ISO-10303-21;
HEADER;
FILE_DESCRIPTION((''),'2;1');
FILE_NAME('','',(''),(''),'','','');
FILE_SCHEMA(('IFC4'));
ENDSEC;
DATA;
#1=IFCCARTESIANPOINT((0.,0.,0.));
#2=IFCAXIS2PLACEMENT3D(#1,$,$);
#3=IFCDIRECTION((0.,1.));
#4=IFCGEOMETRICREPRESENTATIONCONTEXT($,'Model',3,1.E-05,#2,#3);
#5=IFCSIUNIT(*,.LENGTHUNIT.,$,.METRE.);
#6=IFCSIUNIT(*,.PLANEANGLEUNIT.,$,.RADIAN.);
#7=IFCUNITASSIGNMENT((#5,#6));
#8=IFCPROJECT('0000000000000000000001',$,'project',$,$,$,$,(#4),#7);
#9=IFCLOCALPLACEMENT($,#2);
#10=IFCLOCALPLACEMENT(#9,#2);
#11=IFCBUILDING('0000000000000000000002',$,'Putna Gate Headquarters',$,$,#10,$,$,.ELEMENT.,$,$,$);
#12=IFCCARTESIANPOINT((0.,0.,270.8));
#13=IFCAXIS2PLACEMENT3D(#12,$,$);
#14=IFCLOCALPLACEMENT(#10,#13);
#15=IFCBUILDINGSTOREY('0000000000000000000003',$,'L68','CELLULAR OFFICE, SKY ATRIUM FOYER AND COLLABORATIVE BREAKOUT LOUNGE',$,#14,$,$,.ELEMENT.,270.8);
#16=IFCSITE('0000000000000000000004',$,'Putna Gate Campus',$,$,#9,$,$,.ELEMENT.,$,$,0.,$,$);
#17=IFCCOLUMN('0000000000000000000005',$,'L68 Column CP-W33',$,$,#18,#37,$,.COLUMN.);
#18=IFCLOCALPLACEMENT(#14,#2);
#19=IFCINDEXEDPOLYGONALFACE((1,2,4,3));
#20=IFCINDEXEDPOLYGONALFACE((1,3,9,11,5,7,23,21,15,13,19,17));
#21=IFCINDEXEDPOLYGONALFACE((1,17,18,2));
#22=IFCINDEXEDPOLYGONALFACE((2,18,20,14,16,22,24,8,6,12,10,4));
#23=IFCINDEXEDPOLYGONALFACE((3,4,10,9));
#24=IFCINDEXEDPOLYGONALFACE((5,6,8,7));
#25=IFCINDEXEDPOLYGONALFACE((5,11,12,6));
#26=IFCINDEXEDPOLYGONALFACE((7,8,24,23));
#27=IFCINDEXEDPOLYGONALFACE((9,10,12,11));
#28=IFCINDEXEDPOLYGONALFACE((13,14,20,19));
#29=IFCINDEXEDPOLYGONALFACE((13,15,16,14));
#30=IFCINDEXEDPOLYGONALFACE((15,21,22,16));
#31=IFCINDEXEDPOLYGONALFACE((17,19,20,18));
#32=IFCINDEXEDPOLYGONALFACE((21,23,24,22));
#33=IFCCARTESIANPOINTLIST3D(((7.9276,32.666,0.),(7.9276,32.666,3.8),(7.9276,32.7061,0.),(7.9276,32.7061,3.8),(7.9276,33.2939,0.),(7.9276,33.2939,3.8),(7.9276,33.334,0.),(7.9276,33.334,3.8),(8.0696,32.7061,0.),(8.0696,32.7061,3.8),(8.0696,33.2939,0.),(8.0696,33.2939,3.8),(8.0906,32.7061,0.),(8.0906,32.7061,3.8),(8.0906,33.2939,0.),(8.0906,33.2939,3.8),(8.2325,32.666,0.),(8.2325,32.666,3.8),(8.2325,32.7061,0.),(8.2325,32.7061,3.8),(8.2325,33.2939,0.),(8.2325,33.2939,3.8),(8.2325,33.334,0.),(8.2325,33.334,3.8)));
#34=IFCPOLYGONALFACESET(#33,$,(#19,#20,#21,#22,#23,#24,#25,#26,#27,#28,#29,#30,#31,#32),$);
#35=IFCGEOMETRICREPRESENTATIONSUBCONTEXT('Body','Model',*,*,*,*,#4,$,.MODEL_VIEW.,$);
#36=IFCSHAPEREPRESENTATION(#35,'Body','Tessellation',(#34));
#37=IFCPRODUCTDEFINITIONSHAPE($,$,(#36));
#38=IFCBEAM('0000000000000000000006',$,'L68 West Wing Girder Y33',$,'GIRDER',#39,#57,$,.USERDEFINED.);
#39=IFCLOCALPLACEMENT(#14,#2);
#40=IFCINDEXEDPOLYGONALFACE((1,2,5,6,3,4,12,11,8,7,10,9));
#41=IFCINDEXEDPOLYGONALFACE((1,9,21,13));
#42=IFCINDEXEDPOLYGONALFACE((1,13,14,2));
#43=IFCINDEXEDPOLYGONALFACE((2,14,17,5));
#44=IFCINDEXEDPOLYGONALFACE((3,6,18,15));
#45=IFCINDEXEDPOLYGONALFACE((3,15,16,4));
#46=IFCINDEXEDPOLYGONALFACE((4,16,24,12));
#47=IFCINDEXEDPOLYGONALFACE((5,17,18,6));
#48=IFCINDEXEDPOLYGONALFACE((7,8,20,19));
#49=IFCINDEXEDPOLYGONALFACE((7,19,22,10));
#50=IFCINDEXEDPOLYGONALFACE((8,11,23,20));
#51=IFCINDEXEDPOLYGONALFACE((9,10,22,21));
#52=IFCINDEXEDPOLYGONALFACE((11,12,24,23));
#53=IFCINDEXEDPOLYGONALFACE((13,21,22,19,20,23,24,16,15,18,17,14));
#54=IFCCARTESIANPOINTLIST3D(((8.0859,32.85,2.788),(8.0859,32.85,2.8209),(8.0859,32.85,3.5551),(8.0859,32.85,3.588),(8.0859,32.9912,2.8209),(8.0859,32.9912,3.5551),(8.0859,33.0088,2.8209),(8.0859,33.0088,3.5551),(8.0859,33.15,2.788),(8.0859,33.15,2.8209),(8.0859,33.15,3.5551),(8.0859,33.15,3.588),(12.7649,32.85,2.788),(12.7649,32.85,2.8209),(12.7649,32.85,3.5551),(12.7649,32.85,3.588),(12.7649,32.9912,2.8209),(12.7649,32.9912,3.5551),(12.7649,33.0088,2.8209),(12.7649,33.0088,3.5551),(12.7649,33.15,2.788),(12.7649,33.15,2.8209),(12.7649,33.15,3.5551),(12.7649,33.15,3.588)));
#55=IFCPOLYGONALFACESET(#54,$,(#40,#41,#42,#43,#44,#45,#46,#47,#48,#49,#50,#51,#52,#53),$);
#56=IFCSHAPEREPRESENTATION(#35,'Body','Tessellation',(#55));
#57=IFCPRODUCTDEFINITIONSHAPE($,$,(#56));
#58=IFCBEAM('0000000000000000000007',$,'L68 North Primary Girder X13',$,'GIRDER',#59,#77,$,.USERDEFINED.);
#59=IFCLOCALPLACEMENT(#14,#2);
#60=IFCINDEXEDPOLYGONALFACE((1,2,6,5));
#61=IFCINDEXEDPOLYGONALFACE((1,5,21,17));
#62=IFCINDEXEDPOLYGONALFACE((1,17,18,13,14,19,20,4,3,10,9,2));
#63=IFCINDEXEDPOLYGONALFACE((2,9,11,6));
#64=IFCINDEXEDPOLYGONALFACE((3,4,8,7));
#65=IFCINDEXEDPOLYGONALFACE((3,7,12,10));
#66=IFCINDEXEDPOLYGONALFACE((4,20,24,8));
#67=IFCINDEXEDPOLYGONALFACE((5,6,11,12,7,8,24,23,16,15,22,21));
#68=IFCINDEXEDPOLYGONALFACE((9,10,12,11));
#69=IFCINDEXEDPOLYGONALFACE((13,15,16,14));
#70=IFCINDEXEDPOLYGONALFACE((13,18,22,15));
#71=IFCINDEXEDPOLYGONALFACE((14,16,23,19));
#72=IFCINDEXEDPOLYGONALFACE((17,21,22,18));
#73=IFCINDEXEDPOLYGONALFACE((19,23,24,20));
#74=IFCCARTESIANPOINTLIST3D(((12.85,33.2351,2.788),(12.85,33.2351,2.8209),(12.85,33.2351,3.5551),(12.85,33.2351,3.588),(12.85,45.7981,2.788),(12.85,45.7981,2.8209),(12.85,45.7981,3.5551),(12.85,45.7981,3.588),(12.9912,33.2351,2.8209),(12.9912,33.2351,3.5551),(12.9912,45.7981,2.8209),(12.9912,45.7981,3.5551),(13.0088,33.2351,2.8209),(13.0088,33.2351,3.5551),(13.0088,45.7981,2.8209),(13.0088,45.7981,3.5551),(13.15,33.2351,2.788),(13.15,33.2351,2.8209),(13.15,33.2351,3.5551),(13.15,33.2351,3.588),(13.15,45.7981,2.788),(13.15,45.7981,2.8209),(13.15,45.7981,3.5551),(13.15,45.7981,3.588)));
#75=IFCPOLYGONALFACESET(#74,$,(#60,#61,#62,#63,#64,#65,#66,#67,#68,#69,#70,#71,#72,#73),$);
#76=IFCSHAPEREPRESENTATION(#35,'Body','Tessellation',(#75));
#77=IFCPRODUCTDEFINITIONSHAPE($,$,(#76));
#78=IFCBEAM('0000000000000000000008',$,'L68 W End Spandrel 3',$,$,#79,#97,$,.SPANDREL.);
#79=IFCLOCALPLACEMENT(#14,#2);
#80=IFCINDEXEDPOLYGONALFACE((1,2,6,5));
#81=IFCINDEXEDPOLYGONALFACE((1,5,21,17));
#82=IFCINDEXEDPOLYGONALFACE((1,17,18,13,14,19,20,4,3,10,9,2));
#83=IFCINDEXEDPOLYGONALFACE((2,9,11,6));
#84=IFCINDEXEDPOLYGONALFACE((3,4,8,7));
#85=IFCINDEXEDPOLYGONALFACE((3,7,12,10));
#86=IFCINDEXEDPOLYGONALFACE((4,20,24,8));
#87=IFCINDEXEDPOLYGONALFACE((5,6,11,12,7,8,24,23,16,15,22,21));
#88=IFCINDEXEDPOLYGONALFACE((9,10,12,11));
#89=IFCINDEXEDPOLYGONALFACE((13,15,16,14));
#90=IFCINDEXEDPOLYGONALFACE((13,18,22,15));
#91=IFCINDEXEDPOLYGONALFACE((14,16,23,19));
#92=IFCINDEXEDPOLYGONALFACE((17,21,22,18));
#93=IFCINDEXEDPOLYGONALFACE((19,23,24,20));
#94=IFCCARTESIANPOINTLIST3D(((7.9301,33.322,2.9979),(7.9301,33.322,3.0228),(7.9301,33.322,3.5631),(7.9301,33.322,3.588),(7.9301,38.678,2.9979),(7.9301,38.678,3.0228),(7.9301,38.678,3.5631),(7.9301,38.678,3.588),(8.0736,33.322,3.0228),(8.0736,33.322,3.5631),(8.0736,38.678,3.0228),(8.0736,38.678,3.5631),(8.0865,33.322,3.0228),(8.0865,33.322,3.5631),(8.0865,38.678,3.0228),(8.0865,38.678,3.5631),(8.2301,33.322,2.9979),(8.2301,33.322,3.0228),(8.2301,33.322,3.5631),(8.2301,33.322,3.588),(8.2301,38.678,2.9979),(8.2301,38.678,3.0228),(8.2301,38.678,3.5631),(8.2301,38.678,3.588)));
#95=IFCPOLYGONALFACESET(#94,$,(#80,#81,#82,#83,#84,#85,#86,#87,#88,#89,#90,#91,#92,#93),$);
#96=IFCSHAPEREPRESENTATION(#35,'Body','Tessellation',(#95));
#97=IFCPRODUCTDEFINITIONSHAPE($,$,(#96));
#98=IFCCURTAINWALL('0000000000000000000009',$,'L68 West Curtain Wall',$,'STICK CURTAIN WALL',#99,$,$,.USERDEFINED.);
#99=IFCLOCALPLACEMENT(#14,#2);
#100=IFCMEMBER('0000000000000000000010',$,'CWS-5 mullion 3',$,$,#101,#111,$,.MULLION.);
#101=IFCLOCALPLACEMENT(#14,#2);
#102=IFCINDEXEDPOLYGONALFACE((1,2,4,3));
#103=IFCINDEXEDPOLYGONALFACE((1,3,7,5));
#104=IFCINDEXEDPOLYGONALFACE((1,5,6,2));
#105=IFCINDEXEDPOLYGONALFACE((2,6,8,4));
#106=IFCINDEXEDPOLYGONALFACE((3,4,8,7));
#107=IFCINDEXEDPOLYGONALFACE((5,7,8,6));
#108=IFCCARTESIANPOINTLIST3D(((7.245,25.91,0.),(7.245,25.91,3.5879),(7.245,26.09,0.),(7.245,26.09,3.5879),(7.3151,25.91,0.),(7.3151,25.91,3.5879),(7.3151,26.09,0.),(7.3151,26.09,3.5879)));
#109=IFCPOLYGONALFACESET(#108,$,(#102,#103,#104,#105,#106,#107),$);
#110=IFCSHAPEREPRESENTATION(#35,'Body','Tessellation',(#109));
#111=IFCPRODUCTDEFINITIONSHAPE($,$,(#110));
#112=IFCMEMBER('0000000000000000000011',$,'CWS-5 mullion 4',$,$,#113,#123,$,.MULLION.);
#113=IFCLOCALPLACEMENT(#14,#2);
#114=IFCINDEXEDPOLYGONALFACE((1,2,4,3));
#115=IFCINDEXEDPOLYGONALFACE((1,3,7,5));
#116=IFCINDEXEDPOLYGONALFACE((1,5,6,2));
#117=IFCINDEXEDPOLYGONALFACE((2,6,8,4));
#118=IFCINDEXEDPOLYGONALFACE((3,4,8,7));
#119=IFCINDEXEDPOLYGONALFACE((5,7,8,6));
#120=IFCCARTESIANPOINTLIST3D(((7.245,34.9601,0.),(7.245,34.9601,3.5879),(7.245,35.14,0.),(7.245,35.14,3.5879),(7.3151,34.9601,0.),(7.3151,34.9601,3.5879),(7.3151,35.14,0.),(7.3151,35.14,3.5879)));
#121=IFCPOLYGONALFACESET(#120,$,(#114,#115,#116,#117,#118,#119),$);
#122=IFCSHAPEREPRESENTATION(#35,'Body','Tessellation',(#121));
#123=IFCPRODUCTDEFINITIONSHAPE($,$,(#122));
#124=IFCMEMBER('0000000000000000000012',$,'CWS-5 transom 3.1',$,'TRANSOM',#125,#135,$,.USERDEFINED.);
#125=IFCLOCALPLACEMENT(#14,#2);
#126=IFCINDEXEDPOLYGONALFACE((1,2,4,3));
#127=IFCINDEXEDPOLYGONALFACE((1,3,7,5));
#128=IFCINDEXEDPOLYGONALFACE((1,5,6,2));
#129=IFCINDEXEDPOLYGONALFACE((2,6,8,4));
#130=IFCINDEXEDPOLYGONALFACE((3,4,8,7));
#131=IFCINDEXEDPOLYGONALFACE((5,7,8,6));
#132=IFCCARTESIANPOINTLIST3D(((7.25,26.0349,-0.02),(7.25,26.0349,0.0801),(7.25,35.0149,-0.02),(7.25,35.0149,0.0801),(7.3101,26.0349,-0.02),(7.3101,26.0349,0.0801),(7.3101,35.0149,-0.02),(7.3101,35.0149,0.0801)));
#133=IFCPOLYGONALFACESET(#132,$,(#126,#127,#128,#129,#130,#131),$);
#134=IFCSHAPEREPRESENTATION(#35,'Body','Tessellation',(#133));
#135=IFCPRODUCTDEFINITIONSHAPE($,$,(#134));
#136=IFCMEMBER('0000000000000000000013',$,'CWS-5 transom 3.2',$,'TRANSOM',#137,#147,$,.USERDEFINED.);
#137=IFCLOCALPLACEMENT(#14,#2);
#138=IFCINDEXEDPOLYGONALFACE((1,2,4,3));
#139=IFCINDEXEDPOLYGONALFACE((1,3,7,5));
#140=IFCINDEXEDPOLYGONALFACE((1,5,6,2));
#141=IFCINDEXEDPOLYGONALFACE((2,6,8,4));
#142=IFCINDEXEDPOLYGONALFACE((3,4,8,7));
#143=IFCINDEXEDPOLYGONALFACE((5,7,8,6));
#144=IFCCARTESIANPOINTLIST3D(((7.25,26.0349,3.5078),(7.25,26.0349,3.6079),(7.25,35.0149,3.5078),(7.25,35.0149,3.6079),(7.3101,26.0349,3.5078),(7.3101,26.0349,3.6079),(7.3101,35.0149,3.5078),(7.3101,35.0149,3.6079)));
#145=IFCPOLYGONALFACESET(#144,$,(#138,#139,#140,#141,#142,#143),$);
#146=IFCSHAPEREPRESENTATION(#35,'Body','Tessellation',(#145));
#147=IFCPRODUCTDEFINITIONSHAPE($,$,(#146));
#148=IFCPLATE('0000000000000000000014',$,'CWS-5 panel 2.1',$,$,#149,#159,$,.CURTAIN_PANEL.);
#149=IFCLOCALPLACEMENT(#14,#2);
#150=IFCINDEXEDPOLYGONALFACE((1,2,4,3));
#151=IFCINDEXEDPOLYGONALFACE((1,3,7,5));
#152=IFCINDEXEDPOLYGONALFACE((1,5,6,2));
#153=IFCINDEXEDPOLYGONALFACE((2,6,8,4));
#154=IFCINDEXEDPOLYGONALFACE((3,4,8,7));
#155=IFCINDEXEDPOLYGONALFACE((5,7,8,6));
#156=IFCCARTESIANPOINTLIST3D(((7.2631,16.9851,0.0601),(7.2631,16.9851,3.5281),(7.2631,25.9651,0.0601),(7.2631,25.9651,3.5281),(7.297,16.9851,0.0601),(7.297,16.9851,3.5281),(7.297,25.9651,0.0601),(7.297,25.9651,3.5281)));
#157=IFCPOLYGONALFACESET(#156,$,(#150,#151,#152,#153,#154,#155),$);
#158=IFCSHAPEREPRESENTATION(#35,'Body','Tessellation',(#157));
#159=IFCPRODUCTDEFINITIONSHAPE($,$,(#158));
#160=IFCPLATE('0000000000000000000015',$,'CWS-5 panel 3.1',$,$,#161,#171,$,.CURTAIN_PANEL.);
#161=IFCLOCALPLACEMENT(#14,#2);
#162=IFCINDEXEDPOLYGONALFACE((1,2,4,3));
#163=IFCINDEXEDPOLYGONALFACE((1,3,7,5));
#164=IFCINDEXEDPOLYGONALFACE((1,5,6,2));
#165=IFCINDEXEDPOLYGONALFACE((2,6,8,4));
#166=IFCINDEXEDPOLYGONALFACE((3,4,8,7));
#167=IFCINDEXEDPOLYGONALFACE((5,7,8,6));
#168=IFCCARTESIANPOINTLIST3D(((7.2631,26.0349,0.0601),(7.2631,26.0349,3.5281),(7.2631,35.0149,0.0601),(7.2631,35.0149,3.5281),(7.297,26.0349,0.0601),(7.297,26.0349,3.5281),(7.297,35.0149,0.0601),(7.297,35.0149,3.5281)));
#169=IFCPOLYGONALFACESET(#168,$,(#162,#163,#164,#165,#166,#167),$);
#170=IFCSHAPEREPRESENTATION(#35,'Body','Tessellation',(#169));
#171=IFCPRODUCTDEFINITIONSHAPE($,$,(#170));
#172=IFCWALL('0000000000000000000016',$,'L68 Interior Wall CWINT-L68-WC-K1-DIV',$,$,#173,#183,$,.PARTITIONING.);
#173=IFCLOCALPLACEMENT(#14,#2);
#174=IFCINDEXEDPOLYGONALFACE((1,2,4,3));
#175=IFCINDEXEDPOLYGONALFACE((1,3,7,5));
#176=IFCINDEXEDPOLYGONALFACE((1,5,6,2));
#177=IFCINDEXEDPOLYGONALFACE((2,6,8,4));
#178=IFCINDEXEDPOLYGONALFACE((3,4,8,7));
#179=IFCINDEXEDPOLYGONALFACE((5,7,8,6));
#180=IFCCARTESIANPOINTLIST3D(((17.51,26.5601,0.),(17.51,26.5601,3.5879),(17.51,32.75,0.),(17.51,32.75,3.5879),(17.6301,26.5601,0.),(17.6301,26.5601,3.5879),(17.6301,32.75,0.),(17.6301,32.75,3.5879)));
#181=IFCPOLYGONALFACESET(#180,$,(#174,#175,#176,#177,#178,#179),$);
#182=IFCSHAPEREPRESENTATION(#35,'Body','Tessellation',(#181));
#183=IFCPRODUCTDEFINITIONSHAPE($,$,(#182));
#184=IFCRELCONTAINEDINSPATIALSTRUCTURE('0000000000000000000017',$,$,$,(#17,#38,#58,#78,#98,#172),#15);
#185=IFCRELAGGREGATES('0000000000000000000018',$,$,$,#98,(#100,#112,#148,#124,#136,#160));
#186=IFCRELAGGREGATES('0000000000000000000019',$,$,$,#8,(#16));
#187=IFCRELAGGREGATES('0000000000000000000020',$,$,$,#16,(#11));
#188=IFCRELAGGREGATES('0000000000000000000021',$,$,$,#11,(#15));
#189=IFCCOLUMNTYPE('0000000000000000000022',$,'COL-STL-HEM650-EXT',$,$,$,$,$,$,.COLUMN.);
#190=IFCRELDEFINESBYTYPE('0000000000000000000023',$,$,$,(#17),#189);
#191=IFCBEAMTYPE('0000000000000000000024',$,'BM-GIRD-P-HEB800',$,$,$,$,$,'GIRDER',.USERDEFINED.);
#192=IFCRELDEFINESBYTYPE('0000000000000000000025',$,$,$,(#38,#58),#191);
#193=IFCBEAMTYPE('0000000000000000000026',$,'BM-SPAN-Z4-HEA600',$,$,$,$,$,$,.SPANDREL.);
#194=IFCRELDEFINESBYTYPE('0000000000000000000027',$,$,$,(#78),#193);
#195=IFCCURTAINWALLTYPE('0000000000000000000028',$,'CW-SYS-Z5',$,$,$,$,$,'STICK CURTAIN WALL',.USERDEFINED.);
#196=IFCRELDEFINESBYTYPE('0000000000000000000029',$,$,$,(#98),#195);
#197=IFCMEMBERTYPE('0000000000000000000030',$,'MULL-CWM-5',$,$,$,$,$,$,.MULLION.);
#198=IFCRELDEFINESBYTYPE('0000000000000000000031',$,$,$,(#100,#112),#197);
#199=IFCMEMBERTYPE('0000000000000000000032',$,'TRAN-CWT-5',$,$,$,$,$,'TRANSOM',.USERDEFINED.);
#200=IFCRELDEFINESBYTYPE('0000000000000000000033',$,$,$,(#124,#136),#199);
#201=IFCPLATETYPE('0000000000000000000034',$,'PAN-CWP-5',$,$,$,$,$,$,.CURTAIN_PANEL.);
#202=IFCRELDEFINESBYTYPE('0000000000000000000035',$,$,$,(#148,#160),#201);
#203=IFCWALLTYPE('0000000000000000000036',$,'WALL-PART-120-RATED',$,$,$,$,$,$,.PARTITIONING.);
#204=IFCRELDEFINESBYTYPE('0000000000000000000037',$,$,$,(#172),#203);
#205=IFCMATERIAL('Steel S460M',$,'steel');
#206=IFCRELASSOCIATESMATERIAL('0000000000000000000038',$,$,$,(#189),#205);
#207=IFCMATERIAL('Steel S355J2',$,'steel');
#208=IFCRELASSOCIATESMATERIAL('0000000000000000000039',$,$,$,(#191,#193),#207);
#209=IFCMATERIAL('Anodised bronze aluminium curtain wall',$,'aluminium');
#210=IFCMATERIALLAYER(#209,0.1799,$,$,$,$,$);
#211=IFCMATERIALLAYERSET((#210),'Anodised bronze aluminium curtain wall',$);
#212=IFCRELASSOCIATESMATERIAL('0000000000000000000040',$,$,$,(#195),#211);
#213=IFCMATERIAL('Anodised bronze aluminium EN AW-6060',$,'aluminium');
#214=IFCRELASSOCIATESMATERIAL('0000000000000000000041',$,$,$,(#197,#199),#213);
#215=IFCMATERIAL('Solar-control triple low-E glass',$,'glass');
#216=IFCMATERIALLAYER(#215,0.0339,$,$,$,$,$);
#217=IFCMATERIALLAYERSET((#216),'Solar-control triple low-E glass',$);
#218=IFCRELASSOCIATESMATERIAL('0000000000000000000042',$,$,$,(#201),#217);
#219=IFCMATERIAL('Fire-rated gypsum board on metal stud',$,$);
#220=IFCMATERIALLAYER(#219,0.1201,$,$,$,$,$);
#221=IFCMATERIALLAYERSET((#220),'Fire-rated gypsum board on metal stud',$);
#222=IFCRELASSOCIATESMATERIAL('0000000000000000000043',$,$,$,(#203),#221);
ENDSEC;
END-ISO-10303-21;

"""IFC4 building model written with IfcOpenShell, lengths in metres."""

from ifc_helpers import new_model, si_unit, direction, frame, frame_2d, origin, origin_2d, place, context, subcontext, project, spatial, rectangle, i_section, extrude, material, layer, layer_set, material_profile, profile_set, type_object, element, aggregate, save


model = new_model("IFC4")

# Units and contexts
model_context = context("Model", 3, precision=1e-05, world=origin(), true_north=direction((0.0, 1.0)))
body_context = subcontext(model_context, "Body", "Model", "MODEL_VIEW")
ifc_project = project(units=[si_unit("LENGTHUNIT", "METRE"), si_unit("PLANEANGLEUNIT", "RADIAN")], contexts=[model_context])

# Site, building, storey
site_placement = place(None, origin())
site = spatial("IfcSite", under=ifc_project, at=site_placement, Name="Putna Gate Campus", CompositionType="ELEMENT", RefElevation=0.0)
building_placement = place(site_placement, origin())
building = spatial("IfcBuilding", under=site, at=building_placement, Name="Putna Gate Headquarters", CompositionType="ELEMENT")
storey_placement = place(building_placement, frame((0.0, 0.0, 270.8)))
storey = spatial("IfcBuildingStorey", under=building, at=storey_placement, Name="L68", Description="CELLULAR OFFICE, SKY ATRIUM FOYER AND COLLABORATIVE BREAKOUT LOUNGE", CompositionType="ELEMENT", Elevation=270.8)

# Column
ifc_material_1 = material(Name="Steel S460M", Category="steel")
ifc_material_profile_1 = material_profile(ifc_material_1, i_section(OverallWidth=0.3049, OverallDepth=0.668, WebThickness=0.021, FlangeThickness=0.04, at=origin_2d()), Name="Steel S460M")
ifc_profile_set_1 = profile_set([ifc_material_profile_1], Name="Steel S460M")
column_type = type_object("IfcColumnType", Name="COL-STL-HEM650-EXT", PredefinedType="COLUMN", material=ifc_profile_set_1)
column_placement = place(storey_placement, frame((8.0801, 33.0, 0.0), z_axis=(0.0, 0.0, 1.0), x_axis=(1.0, 0.0, 0.0)))
element("IfcColumn", 1, at=column_placement, inside=storey, type_object=column_type, Name="L68 Column CP-W33", PredefinedType="COLUMN", context=body_context, shape_type="SweptSolid", body=[
    extrude(i_section(OverallWidth=0.3049, OverallDepth=0.668, WebThickness=0.021, FlangeThickness=0.04, at=origin_2d()), origin(), (0.0, 0.0, 1.0), 3.8),
])

# Beams
ifc_material_2 = material(Name="Steel S355J2", Category="steel")
ifc_material_profile_2 = material_profile(ifc_material_2, i_section(OverallWidth=0.3, OverallDepth=0.8, WebThickness=0.0176, FlangeThickness=0.033, at=origin_2d()), Name="Steel S355J2")
ifc_profile_set_2 = profile_set([ifc_material_profile_2], Name="Steel S355J2")
beam_type_1 = type_object("IfcBeamType", Name="BM-GIRD-P-HEB800", ElementType="GIRDER", PredefinedType="USERDEFINED", material=ifc_profile_set_2)
beam_1_placement = place(storey_placement, frame((8.0859, 33.0, 3.188), z_axis=(1.0, 0.0, 0.0), x_axis=(0.0, 1.0, 0.0)))
element("IfcBeam", 2, at=beam_1_placement, inside=storey, type_object=beam_type_1, Name="L68 West Wing Girder Y33", ObjectType="GIRDER", PredefinedType="USERDEFINED", context=body_context, shape_type="SweptSolid", body=[
    extrude(i_section(OverallWidth=0.3, OverallDepth=0.8, WebThickness=0.0176, FlangeThickness=0.033, at=origin_2d()), origin(), (0.0, 0.0, 1.0), 4.679),
])
beam_2_placement = place(storey_placement, frame((13.0, 33.2351, 3.188), z_axis=(0.0, 1.0, 0.0), x_axis=(-1.0, 0.0, 0.0)))
element("IfcBeam", 3, at=beam_2_placement, inside=storey, type_object=beam_type_1, Name="L68 North Primary Girder X13", ObjectType="GIRDER", PredefinedType="USERDEFINED", context=body_context, shape_type="SweptSolid", body=[
    extrude(i_section(OverallWidth=0.3, OverallDepth=0.8, WebThickness=0.0176, FlangeThickness=0.033, at=origin_2d()), origin(), (0.0, 0.0, 1.0), 12.563),
])
ifc_material_profile_3 = material_profile(ifc_material_2, i_section(OverallWidth=0.3, OverallDepth=0.5901, WebThickness=0.0129, FlangeThickness=0.0249, at=origin_2d()), Name="Steel S355J2")
ifc_profile_set_3 = profile_set([ifc_material_profile_3], Name="Steel S355J2")
beam_type_2 = type_object("IfcBeamType", Name="BM-SPAN-Z4-HEA600", PredefinedType="SPANDREL", material=ifc_profile_set_3)
beam_3_placement = place(storey_placement, frame((8.0801, 33.322, 3.293), z_axis=(0.0, 1.0, 0.0), x_axis=(-1.0, 0.0, 0.0)))
element("IfcBeam", 4, at=beam_3_placement, inside=storey, type_object=beam_type_2, Name="L68 W End Spandrel 3", PredefinedType="SPANDREL", context=body_context, shape_type="SweptSolid", body=[
    extrude(i_section(OverallWidth=0.3, OverallDepth=0.5901, WebThickness=0.0129, FlangeThickness=0.0249, at=origin_2d()), origin(), (0.0, 0.0, 1.0), 5.356),
])

# Curtain wall, members, plates
ifc_material_3 = material(Name="Anodised bronze aluminium curtain wall", Category="aluminium")
ifc_layer_1 = layer(ifc_material_3, 0.1799)
ifc_layer_set_1 = layer_set([ifc_layer_1], Name="Anodised bronze aluminium curtain wall")
curtain_wall_type = type_object("IfcCurtainWallType", Name="CW-SYS-Z5", ElementType="STICK CURTAIN WALL", PredefinedType="USERDEFINED", material=ifc_layer_set_1)
curtain_wall_placement = place(storey_placement, origin())
curtain_wall = element("IfcCurtainWall", 5, at=curtain_wall_placement, inside=storey, type_object=curtain_wall_type, Name="L68 West Curtain Wall", ObjectType="STICK CURTAIN WALL", PredefinedType="USERDEFINED")
ifc_material_4 = material(Name="Anodised bronze aluminium EN AW-6060", Category="aluminium")
ifc_material_profile_4 = material_profile(ifc_material_4, rectangle(XDim=0.0701, YDim=0.1799, at=origin_2d()), Name="Anodised bronze aluminium EN AW-6060")
ifc_profile_set_4 = profile_set([ifc_material_profile_4], Name="Anodised bronze aluminium EN AW-6060")
member_type_1 = type_object("IfcMemberType", Name="MULL-CWM-5", PredefinedType="MULLION", material=ifc_profile_set_4)
member_1_placement = place(storey_placement, frame((7.28, 26.0, 0.0), z_axis=(0.0, 0.0, 1.0), x_axis=(-1.0, 0.0, 0.0)))
member_1 = element("IfcMember", 6, at=member_1_placement, type_object=member_type_1, Name="CWS-5 mullion 3", PredefinedType="MULLION", context=body_context, shape_type="SweptSolid", body=[
    extrude(rectangle(XDim=0.0701, YDim=0.1799, at=origin_2d()), origin(), (0.0, 0.0, 1.0), 3.5879),
])
member_2_placement = place(storey_placement, frame((7.28, 35.05, 0.0), z_axis=(0.0, 0.0, 1.0), x_axis=(-1.0, 0.0, 0.0)))
member_2 = element("IfcMember", 7, at=member_2_placement, type_object=member_type_1, Name="CWS-5 mullion 4", PredefinedType="MULLION", context=body_context, shape_type="SweptSolid", body=[
    extrude(rectangle(XDim=0.0701, YDim=0.1799, at=origin_2d()), origin(), (0.0, 0.0, 1.0), 3.5879),
])
ifc_material_profile_5 = material_profile(ifc_material_4, rectangle(XDim=0.0601, YDim=0.1001, at=origin_2d()), Name="Anodised bronze aluminium EN AW-6060")
ifc_profile_set_5 = profile_set([ifc_material_profile_5], Name="Anodised bronze aluminium EN AW-6060")
member_type_2 = type_object("IfcMemberType", Name="TRAN-CWT-5", ElementType="TRANSOM", PredefinedType="USERDEFINED", material=ifc_profile_set_5)
member_3_placement = place(storey_placement, frame((7.28, 26.0349, 0.03), z_axis=(0.0, 1.0, 0.0), x_axis=(-1.0, 0.0, 0.0)))
member_3 = element("IfcMember", 8, at=member_3_placement, type_object=member_type_2, Name="CWS-5 transom 3.1", ObjectType="TRANSOM", PredefinedType="USERDEFINED", context=body_context, shape_type="SweptSolid", body=[
    extrude(rectangle(XDim=0.0601, YDim=0.1001, at=origin_2d()), origin(), (0.0, 0.0, 1.0), 8.98),
])
member_4_placement = place(storey_placement, frame((7.28, 26.0349, 3.5579), z_axis=(0.0, 1.0, 0.0), x_axis=(-1.0, 0.0, 0.0)))
member_4 = element("IfcMember", 9, at=member_4_placement, type_object=member_type_2, Name="CWS-5 transom 3.2", ObjectType="TRANSOM", PredefinedType="USERDEFINED", context=body_context, shape_type="SweptSolid", body=[
    extrude(rectangle(XDim=0.0601, YDim=0.1001, at=origin_2d()), origin(), (0.0, 0.0, 1.0), 8.98),
])
ifc_material_5 = material(Name="Solar-control triple low-E glass", Category="glass")
ifc_layer_2 = layer(ifc_material_5, 0.0339)
ifc_layer_set_2 = layer_set([ifc_layer_2], Name="Solar-control triple low-E glass")
plate_type = type_object("IfcPlateType", Name="PAN-CWP-5", PredefinedType="CURTAIN_PANEL", material=ifc_layer_set_2)
plate_1_placement = place(storey_placement, frame((7.28, 21.4751, 0.0601), z_axis=(0.0, 0.0, 1.0), x_axis=(0.0, 1.0, 0.0)))
plate_1 = element("IfcPlate", 10, at=plate_1_placement, type_object=plate_type, Name="CWS-5 panel 2.1", PredefinedType="CURTAIN_PANEL", context=body_context, shape_type="SweptSolid", body=[
    extrude(rectangle(XDim=8.98, YDim=0.0339, at=origin_2d()), origin(), (0.0, 0.0, 1.0), 3.468),
])
plate_2_placement = place(storey_placement, frame((7.28, 30.5249, 0.0601), z_axis=(0.0, 0.0, 1.0), x_axis=(0.0, 1.0, 0.0)))
plate_2 = element("IfcPlate", 11, at=plate_2_placement, type_object=plate_type, Name="CWS-5 panel 3.1", PredefinedType="CURTAIN_PANEL", context=body_context, shape_type="SweptSolid", body=[
    extrude(rectangle(XDim=8.98, YDim=0.0339, at=origin_2d()), origin(), (0.0, 0.0, 1.0), 3.468),
])
aggregate(curtain_wall, [member_1, member_2, plate_1, member_3, member_4, plate_2])

# Wall
ifc_material_6 = material(Name="Fire-rated gypsum board on metal stud")
ifc_layer_3 = layer(ifc_material_6, 0.1201)
ifc_layer_set_3 = layer_set([ifc_layer_3], Name="Fire-rated gypsum board on metal stud")
wall_type_1 = type_object("IfcWallType", Name="WALL-PART-120-RATED", PredefinedType="PARTITIONING", material=ifc_layer_set_3)
wall_1_placement = place(storey_placement, frame((17.5701, 26.5601, 0.0), z_axis=(0.0, 0.0, 1.0), x_axis=(0.0, 1.0, 0.0)))
element("IfcWall", 12, at=wall_1_placement, inside=storey, type_object=wall_type_1, Name="L68 Interior Wall CWINT-L68-WC-K1-DIV", PredefinedType="PARTITIONING", context=body_context, shape_type="SweptSolid", body=[
    extrude(rectangle(XDim=6.1899, YDim=0.1201, at=frame_2d((3.095, 0.0))), origin(), (0.0, 0.0, 1.0), 3.5879),
])

save(model, "model.ifc")
